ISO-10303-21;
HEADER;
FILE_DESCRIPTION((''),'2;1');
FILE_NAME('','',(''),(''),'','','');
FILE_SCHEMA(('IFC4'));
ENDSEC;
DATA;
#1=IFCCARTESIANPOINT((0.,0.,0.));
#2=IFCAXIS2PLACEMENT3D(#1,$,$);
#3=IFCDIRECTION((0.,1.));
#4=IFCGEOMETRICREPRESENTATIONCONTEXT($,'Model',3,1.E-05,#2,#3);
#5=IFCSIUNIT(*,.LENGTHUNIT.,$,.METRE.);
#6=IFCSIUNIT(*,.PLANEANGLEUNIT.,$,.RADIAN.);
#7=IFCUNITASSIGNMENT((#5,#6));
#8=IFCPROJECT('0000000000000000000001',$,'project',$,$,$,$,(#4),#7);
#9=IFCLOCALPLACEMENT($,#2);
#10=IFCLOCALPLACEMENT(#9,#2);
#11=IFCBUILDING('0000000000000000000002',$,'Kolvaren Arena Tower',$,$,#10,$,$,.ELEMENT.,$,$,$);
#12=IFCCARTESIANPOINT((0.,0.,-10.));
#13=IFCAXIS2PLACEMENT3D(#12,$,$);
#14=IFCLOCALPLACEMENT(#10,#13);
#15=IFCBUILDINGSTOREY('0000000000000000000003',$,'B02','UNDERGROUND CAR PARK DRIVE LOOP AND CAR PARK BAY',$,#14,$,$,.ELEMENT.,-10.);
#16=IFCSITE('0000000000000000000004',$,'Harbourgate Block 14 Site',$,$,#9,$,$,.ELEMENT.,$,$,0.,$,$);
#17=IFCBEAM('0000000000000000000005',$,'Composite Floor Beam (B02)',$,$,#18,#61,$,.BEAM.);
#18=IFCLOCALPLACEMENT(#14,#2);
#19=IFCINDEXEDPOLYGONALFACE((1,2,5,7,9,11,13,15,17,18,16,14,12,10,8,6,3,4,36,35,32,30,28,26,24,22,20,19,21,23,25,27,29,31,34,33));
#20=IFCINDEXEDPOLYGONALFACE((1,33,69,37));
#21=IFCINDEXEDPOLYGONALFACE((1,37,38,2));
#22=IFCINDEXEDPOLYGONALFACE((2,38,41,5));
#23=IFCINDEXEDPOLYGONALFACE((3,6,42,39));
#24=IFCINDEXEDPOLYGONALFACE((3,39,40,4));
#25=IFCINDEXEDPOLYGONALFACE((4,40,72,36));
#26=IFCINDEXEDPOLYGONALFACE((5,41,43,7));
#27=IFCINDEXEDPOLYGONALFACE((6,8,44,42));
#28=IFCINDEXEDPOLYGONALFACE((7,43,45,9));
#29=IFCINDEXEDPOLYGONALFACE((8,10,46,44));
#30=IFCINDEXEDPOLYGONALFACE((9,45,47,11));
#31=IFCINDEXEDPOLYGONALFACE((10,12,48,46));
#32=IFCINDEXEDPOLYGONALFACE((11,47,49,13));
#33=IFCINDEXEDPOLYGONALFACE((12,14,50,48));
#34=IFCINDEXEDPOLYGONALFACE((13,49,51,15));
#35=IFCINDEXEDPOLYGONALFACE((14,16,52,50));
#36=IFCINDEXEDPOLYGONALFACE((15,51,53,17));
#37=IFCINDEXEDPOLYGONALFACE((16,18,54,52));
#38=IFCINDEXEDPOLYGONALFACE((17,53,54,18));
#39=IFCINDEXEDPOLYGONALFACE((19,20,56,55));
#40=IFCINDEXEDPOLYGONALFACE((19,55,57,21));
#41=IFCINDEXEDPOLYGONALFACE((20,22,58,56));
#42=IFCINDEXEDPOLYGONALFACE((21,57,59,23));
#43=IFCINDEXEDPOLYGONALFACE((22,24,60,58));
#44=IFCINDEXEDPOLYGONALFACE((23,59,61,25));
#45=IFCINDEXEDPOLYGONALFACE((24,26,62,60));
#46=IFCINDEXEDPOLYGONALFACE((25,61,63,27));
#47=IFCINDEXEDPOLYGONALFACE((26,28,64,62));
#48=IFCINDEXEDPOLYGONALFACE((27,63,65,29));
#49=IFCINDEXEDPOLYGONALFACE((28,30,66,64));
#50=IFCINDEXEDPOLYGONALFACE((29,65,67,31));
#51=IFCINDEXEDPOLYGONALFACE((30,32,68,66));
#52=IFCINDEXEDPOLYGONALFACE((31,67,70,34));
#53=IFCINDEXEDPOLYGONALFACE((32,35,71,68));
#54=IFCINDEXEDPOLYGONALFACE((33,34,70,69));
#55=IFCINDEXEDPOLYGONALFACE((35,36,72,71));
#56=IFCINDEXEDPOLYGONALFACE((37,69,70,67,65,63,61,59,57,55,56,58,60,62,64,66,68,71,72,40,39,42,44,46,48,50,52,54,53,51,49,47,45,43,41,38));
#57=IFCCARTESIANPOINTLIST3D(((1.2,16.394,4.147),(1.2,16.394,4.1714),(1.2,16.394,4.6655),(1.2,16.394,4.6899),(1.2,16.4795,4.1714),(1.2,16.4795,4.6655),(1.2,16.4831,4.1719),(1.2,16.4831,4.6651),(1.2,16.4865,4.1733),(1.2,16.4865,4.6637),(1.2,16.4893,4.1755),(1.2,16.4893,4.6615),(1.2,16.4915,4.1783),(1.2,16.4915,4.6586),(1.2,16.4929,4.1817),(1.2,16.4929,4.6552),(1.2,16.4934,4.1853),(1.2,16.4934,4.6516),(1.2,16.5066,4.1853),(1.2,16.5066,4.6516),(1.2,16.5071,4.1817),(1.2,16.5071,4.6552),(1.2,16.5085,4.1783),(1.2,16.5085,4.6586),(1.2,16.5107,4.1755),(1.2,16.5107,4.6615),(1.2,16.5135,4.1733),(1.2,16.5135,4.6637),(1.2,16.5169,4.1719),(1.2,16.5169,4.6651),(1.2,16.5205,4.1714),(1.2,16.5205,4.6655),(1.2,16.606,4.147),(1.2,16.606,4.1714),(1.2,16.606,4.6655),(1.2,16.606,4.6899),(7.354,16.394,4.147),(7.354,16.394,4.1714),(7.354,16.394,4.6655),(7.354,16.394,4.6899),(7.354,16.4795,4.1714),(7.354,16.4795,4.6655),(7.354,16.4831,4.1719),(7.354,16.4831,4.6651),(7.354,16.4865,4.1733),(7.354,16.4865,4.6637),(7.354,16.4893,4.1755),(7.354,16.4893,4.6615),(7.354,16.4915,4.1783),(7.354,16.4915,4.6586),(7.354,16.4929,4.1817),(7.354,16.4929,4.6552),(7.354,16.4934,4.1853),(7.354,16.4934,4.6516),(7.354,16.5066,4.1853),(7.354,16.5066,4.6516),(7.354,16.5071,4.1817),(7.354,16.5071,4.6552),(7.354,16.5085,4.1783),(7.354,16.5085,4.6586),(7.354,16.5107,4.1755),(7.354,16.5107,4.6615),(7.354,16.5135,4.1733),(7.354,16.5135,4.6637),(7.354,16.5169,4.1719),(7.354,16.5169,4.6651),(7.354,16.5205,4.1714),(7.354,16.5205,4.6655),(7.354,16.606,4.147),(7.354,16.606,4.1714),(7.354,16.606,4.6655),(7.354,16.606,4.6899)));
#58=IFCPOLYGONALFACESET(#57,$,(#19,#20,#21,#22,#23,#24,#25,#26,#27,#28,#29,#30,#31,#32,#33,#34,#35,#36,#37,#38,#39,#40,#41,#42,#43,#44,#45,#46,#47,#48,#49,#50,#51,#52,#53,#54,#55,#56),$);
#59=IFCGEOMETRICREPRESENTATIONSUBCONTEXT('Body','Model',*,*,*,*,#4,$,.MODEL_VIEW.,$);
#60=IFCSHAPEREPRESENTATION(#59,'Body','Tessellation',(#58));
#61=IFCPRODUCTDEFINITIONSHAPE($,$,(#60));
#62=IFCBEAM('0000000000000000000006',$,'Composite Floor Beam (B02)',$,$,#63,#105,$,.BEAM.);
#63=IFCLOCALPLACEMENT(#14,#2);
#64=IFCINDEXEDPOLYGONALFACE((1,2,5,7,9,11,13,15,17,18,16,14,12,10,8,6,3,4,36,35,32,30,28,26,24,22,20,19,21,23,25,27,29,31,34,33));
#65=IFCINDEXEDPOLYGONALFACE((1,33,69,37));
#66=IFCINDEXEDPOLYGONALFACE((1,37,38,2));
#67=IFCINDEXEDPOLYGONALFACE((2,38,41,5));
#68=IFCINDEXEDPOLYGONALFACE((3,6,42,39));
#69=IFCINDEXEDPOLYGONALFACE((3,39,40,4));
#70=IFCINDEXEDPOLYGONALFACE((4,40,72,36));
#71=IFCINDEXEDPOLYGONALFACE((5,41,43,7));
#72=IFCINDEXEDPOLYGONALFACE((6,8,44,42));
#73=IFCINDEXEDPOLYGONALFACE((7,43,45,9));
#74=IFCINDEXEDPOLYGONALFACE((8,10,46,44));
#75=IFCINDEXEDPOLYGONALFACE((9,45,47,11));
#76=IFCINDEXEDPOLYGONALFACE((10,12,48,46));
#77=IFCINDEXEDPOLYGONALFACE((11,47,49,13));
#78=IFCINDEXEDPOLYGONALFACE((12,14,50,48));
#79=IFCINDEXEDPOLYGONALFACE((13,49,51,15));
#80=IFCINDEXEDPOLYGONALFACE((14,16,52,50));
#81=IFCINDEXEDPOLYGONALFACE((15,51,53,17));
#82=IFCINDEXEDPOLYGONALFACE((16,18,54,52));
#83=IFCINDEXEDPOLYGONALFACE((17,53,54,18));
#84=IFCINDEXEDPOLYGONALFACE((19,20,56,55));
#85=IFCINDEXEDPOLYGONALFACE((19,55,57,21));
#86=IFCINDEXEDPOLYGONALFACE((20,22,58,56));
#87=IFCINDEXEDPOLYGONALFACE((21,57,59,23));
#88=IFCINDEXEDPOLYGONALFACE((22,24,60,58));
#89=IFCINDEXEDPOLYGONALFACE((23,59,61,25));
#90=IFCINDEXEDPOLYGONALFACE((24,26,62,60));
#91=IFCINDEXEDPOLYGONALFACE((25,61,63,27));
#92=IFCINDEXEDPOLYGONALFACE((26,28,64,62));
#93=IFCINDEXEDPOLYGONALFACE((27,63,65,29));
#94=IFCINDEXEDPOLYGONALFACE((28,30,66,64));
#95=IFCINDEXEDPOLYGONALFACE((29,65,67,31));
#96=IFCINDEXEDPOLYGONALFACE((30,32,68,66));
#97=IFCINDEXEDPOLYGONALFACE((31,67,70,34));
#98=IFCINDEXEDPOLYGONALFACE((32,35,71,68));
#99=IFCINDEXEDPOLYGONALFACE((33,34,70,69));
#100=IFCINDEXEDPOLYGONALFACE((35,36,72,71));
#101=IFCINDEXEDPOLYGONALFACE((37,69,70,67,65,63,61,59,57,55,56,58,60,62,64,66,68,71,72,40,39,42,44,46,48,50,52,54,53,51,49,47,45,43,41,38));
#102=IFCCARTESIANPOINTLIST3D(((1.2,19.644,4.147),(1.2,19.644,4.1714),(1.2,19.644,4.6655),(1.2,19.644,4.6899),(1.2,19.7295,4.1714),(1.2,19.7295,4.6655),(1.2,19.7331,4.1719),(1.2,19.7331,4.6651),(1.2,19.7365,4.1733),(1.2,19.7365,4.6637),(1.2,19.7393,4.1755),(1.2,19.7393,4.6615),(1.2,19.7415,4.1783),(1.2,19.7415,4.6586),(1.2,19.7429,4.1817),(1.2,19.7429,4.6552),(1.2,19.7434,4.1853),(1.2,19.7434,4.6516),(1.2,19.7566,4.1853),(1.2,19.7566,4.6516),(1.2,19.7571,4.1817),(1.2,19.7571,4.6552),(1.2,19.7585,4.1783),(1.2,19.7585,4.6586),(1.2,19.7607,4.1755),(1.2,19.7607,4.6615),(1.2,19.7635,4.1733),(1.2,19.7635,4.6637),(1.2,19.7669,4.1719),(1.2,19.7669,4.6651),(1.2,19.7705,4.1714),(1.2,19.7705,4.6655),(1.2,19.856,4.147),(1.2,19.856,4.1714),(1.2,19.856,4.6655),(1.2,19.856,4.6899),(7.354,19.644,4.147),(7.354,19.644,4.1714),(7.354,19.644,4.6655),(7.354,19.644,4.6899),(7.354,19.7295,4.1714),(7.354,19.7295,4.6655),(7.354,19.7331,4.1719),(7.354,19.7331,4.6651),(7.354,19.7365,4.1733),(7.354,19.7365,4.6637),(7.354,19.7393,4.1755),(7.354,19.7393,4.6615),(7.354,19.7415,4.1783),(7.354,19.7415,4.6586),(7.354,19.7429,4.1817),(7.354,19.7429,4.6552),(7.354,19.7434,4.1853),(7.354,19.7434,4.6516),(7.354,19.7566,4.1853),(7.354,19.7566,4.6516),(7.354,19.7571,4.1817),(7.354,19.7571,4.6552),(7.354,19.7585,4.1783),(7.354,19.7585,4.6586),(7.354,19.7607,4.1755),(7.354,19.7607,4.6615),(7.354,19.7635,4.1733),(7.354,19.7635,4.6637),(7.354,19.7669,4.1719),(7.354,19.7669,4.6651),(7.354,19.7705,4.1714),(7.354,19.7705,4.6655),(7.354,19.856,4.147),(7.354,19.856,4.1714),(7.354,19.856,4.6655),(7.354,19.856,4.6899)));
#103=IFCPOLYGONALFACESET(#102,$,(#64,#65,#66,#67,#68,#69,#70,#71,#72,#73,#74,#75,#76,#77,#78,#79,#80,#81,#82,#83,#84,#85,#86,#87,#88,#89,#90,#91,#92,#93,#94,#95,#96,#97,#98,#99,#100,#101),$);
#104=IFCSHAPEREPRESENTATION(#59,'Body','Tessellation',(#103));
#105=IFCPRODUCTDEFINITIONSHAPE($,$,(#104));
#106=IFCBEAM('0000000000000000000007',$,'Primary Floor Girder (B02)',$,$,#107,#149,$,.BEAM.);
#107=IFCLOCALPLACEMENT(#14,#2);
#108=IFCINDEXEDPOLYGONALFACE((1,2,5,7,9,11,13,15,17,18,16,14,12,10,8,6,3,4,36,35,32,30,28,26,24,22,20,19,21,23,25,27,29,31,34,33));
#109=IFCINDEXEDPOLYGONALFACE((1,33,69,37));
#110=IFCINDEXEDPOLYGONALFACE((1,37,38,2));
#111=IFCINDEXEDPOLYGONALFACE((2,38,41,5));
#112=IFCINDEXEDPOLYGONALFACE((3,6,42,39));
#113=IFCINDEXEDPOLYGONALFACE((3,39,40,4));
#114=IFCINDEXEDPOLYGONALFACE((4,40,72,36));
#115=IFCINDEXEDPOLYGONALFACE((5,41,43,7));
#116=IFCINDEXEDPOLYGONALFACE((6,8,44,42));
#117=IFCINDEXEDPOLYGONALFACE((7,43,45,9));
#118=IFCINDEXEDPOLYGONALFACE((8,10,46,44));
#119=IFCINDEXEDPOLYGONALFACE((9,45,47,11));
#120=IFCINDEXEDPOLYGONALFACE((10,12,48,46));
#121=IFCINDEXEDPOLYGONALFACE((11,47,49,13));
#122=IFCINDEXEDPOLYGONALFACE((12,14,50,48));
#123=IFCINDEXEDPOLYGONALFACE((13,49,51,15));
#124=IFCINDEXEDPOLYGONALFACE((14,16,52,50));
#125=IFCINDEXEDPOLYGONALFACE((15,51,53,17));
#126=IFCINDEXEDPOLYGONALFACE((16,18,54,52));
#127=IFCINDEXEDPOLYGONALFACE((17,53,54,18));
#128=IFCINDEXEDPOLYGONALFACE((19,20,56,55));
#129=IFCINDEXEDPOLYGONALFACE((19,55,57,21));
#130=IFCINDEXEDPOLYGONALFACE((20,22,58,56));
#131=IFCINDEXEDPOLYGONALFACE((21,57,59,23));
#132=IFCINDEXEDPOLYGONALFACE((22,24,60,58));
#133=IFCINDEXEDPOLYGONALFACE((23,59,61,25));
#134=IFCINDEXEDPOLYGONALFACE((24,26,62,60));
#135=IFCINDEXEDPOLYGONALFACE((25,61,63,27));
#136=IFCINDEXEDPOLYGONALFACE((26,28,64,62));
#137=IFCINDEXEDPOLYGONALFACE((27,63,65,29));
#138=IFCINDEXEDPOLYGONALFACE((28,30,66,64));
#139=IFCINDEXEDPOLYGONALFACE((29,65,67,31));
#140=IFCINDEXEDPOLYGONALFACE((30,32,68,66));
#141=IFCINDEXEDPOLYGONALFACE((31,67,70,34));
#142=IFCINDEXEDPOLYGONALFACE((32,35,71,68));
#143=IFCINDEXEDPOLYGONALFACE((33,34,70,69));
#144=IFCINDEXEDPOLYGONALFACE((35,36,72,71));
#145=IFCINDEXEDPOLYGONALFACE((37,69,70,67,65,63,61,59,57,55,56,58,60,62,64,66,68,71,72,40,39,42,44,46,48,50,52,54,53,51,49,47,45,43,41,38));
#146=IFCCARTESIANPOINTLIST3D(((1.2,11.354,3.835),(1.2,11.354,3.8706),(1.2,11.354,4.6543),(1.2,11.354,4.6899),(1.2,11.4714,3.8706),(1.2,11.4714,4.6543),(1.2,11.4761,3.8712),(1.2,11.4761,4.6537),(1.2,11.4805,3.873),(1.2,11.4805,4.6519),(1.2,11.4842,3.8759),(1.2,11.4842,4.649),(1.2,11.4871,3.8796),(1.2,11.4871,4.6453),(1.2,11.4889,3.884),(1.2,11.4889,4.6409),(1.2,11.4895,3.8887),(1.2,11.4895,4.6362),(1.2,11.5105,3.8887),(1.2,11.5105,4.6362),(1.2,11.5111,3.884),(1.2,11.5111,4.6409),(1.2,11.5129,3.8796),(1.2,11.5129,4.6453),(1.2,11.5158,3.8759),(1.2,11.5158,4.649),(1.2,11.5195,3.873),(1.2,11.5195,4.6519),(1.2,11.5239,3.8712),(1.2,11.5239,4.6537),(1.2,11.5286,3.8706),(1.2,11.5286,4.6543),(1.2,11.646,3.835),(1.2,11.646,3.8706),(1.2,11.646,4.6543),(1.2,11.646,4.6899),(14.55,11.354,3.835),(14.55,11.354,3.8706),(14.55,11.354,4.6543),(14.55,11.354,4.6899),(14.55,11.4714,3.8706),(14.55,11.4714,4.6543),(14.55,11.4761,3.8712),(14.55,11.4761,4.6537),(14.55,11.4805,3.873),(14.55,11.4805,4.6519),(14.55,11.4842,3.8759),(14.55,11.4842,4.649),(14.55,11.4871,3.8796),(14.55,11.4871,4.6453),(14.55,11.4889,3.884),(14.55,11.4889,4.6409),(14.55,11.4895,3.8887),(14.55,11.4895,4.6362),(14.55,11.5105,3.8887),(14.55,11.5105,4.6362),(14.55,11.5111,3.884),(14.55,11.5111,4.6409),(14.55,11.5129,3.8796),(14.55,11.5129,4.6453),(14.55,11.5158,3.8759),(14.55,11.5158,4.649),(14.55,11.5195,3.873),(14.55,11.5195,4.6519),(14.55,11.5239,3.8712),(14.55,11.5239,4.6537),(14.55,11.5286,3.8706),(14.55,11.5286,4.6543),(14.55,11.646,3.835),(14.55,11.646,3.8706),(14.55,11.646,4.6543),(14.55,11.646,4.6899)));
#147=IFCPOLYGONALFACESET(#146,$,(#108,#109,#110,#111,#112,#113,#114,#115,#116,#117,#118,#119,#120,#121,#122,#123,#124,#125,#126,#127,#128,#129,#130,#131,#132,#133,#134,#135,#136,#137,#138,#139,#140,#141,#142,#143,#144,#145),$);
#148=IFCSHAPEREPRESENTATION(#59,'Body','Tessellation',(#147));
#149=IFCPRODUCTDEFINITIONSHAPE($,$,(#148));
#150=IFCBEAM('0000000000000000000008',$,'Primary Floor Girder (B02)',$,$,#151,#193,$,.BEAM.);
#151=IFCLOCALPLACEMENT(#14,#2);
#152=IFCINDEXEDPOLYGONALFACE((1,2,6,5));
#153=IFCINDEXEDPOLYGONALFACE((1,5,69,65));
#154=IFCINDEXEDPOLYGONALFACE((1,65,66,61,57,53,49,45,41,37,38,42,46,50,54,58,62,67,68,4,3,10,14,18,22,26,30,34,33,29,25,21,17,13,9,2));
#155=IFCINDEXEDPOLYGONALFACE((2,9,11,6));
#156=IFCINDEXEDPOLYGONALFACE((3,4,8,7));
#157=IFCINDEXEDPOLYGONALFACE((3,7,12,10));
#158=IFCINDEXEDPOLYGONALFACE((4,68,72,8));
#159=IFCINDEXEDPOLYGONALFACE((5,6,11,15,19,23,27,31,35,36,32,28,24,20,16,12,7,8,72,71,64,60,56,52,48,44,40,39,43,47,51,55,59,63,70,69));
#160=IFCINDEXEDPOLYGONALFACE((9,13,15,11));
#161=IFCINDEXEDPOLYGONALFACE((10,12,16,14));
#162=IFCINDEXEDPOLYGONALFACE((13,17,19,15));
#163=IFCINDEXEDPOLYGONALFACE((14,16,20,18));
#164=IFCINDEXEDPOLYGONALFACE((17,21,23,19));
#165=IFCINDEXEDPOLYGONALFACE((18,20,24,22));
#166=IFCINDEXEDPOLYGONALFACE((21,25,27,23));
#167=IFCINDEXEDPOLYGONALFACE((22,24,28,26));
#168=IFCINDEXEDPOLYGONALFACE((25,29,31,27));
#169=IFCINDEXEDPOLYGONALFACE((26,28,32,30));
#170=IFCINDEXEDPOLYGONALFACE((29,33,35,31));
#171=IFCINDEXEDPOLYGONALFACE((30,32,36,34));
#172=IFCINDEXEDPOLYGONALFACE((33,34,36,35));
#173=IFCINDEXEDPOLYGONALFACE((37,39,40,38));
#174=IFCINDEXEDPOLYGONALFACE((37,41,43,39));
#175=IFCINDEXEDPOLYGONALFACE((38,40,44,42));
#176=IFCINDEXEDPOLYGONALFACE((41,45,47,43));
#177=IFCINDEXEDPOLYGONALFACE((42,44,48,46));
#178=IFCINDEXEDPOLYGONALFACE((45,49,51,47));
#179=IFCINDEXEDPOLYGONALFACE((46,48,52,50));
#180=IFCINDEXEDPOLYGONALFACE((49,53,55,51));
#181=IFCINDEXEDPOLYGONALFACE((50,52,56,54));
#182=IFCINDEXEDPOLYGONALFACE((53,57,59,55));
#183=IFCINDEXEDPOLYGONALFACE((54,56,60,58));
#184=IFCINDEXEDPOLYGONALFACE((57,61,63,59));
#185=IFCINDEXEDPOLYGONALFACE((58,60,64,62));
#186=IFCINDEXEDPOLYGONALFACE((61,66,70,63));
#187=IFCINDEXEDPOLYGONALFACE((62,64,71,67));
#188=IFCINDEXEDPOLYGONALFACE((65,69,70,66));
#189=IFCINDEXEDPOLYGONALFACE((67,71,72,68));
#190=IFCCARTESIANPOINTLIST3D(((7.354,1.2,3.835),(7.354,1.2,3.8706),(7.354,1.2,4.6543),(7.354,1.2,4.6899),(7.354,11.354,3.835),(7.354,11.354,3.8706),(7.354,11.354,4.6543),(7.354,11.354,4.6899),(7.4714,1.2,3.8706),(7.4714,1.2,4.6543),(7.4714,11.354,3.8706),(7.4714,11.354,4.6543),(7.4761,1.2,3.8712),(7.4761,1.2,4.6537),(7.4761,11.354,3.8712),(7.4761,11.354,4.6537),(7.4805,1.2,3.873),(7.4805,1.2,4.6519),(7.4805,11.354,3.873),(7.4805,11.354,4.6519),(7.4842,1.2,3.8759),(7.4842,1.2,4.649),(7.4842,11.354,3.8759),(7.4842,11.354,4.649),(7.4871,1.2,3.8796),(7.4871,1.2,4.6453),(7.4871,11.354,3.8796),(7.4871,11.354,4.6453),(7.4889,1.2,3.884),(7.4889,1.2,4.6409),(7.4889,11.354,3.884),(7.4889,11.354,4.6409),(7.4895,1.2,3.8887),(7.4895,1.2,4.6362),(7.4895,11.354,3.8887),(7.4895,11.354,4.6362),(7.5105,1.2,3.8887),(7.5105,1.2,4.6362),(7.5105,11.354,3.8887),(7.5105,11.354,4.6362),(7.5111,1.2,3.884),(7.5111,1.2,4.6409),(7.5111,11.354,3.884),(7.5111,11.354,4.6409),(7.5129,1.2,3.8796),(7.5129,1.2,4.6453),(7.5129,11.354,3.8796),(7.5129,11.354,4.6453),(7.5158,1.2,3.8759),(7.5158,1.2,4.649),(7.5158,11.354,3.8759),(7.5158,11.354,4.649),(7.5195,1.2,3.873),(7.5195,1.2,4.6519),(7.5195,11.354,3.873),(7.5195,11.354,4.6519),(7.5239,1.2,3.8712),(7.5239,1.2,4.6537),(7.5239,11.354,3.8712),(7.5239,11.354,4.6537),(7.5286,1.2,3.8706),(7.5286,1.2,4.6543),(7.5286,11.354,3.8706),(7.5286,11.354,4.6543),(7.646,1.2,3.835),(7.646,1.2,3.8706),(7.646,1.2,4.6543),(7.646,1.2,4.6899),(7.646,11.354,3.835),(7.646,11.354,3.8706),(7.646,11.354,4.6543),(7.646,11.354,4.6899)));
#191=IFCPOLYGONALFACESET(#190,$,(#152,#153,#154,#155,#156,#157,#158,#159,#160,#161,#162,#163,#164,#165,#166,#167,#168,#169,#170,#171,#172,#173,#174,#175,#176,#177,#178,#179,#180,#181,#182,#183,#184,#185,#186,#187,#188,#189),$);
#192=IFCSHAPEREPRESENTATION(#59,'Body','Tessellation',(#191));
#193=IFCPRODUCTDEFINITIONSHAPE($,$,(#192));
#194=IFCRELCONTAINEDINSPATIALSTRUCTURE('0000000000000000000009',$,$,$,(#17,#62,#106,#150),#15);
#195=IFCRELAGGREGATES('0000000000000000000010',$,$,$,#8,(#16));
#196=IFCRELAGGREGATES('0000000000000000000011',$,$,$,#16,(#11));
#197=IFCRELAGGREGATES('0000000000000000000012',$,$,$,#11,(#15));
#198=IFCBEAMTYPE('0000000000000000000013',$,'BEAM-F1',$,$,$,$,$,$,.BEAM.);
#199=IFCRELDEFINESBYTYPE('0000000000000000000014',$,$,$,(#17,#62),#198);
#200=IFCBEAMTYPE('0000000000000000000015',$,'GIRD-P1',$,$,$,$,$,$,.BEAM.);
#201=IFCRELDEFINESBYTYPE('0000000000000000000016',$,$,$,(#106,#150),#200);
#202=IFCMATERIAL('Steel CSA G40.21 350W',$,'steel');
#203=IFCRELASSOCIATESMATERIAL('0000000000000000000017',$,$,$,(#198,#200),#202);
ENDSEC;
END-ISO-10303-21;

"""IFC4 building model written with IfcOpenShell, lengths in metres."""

from ifc_helpers import new_model, si_unit, direction, frame, origin, origin_2d, place, context, subcontext, project, spatial, i_section, extrude, material, material_profile, profile_set, type_object, element, save


model = new_model("IFC4")

# Units and contexts
model_context = context("Model", 3, precision=1e-05, world=origin(), true_north=direction((0.0, 1.0)))
body_context = subcontext(model_context, "Body", "Model", "MODEL_VIEW")
ifc_project = project(units=[si_unit("LENGTHUNIT", "METRE"), si_unit("PLANEANGLEUNIT", "RADIAN")], contexts=[model_context])

# Site, building, storey
site_placement = place(None, origin())
site = spatial("IfcSite", under=ifc_project, at=site_placement, Name="Harbourgate Block 14 Site", CompositionType="ELEMENT", RefElevation=0.0)
building_placement = place(site_placement, origin())
building = spatial("IfcBuilding", under=site, at=building_placement, Name="Kolvaren Arena Tower", CompositionType="ELEMENT")
storey_placement = place(building_placement, frame((0.0, 0.0, -10.0)))
storey = spatial("IfcBuildingStorey", under=building, at=storey_placement, Name="B02", Description="UNDERGROUND CAR PARK DRIVE LOOP AND CAR PARK BAY", CompositionType="ELEMENT", Elevation=-10.0)

# Beams
ifc_material_1 = material(Name="Steel CSA G40.21 350W", Category="steel")
ifc_material_profile_1 = material_profile(ifc_material_1, i_section(OverallWidth=0.2119, OverallDepth=0.543, WebThickness=0.0132, FlangeThickness=0.0244, FilletRadius=0.0139, at=origin_2d()), Name="W530x150")
ifc_profile_set_1 = profile_set([ifc_material_profile_1], Name="Steel CSA G40.21 350W")
beam_type_1 = type_object("IfcBeamType", Name="BEAM-F1", PredefinedType="BEAM", material=ifc_profile_set_1)
for number, where, z_axis, x_axis, name in (
    (1, (1.2, 16.5, 4.4185), (1.0, 0.0, 0.0), (0.0, 1.0, 0.0), "Composite Floor Beam (B02)"),
    (2, (1.2, 19.75, 4.4185), (1.0, 0.0, 0.0), (0.0, 1.0, 0.0), "Composite Floor Beam (B02)"),
):
    element("IfcBeam", number, at=place(storey_placement, frame(where, z_axis=z_axis, x_axis=x_axis)), inside=storey, type_object=beam_type_1, Name=name, PredefinedType="BEAM", context=body_context, shape_type="SweptSolid", body=[
        extrude(i_section(OverallWidth=0.2119, OverallDepth=0.543, WebThickness=0.0132, FlangeThickness=0.0244, FilletRadius=0.0139, at=origin_2d()), origin(), (0.0, 0.0, 1.0), 6.1541),
    ])
ifc_material_profile_2 = material_profile(ifc_material_1, i_section(OverallWidth=0.292, OverallDepth=0.855, WebThickness=0.021, FlangeThickness=0.0356, FilletRadius=0.0181, at=origin_2d()), Name="W840x299")
ifc_profile_set_2 = profile_set([ifc_material_profile_2], Name="Steel CSA G40.21 350W")
beam_type_2 = type_object("IfcBeamType", Name="GIRD-P1", PredefinedType="BEAM", material=ifc_profile_set_2)
beam_1_placement = place(storey_placement, frame((1.2, 11.5, 4.2625), z_axis=(1.0, 0.0, 0.0), x_axis=(0.0, 1.0, 0.0)))
element("IfcBeam", 3, at=beam_1_placement, inside=storey, type_object=beam_type_2, Name="Primary Floor Girder (B02)", PredefinedType="BEAM", context=body_context, shape_type="SweptSolid", body=[
    extrude(i_section(OverallWidth=0.292, OverallDepth=0.855, WebThickness=0.021, FlangeThickness=0.0356, FilletRadius=0.0181, at=origin_2d()), origin(), (0.0, 0.0, 1.0), 13.3501),
])
beam_2_placement = place(storey_placement, frame((7.5, 1.2, 4.2625), z_axis=(0.0, 1.0, 0.0), x_axis=(-1.0, 0.0, 0.0)))
element("IfcBeam", 4, at=beam_2_placement, inside=storey, type_object=beam_type_2, Name="Primary Floor Girder (B02)", PredefinedType="BEAM", context=body_context, shape_type="SweptSolid", body=[
    extrude(i_section(OverallWidth=0.292, OverallDepth=0.855, WebThickness=0.021, FlangeThickness=0.0356, FilletRadius=0.0181, at=origin_2d()), origin(), (0.0, 0.0, 1.0), 10.1541),
])

save(model, "model.ifc")
